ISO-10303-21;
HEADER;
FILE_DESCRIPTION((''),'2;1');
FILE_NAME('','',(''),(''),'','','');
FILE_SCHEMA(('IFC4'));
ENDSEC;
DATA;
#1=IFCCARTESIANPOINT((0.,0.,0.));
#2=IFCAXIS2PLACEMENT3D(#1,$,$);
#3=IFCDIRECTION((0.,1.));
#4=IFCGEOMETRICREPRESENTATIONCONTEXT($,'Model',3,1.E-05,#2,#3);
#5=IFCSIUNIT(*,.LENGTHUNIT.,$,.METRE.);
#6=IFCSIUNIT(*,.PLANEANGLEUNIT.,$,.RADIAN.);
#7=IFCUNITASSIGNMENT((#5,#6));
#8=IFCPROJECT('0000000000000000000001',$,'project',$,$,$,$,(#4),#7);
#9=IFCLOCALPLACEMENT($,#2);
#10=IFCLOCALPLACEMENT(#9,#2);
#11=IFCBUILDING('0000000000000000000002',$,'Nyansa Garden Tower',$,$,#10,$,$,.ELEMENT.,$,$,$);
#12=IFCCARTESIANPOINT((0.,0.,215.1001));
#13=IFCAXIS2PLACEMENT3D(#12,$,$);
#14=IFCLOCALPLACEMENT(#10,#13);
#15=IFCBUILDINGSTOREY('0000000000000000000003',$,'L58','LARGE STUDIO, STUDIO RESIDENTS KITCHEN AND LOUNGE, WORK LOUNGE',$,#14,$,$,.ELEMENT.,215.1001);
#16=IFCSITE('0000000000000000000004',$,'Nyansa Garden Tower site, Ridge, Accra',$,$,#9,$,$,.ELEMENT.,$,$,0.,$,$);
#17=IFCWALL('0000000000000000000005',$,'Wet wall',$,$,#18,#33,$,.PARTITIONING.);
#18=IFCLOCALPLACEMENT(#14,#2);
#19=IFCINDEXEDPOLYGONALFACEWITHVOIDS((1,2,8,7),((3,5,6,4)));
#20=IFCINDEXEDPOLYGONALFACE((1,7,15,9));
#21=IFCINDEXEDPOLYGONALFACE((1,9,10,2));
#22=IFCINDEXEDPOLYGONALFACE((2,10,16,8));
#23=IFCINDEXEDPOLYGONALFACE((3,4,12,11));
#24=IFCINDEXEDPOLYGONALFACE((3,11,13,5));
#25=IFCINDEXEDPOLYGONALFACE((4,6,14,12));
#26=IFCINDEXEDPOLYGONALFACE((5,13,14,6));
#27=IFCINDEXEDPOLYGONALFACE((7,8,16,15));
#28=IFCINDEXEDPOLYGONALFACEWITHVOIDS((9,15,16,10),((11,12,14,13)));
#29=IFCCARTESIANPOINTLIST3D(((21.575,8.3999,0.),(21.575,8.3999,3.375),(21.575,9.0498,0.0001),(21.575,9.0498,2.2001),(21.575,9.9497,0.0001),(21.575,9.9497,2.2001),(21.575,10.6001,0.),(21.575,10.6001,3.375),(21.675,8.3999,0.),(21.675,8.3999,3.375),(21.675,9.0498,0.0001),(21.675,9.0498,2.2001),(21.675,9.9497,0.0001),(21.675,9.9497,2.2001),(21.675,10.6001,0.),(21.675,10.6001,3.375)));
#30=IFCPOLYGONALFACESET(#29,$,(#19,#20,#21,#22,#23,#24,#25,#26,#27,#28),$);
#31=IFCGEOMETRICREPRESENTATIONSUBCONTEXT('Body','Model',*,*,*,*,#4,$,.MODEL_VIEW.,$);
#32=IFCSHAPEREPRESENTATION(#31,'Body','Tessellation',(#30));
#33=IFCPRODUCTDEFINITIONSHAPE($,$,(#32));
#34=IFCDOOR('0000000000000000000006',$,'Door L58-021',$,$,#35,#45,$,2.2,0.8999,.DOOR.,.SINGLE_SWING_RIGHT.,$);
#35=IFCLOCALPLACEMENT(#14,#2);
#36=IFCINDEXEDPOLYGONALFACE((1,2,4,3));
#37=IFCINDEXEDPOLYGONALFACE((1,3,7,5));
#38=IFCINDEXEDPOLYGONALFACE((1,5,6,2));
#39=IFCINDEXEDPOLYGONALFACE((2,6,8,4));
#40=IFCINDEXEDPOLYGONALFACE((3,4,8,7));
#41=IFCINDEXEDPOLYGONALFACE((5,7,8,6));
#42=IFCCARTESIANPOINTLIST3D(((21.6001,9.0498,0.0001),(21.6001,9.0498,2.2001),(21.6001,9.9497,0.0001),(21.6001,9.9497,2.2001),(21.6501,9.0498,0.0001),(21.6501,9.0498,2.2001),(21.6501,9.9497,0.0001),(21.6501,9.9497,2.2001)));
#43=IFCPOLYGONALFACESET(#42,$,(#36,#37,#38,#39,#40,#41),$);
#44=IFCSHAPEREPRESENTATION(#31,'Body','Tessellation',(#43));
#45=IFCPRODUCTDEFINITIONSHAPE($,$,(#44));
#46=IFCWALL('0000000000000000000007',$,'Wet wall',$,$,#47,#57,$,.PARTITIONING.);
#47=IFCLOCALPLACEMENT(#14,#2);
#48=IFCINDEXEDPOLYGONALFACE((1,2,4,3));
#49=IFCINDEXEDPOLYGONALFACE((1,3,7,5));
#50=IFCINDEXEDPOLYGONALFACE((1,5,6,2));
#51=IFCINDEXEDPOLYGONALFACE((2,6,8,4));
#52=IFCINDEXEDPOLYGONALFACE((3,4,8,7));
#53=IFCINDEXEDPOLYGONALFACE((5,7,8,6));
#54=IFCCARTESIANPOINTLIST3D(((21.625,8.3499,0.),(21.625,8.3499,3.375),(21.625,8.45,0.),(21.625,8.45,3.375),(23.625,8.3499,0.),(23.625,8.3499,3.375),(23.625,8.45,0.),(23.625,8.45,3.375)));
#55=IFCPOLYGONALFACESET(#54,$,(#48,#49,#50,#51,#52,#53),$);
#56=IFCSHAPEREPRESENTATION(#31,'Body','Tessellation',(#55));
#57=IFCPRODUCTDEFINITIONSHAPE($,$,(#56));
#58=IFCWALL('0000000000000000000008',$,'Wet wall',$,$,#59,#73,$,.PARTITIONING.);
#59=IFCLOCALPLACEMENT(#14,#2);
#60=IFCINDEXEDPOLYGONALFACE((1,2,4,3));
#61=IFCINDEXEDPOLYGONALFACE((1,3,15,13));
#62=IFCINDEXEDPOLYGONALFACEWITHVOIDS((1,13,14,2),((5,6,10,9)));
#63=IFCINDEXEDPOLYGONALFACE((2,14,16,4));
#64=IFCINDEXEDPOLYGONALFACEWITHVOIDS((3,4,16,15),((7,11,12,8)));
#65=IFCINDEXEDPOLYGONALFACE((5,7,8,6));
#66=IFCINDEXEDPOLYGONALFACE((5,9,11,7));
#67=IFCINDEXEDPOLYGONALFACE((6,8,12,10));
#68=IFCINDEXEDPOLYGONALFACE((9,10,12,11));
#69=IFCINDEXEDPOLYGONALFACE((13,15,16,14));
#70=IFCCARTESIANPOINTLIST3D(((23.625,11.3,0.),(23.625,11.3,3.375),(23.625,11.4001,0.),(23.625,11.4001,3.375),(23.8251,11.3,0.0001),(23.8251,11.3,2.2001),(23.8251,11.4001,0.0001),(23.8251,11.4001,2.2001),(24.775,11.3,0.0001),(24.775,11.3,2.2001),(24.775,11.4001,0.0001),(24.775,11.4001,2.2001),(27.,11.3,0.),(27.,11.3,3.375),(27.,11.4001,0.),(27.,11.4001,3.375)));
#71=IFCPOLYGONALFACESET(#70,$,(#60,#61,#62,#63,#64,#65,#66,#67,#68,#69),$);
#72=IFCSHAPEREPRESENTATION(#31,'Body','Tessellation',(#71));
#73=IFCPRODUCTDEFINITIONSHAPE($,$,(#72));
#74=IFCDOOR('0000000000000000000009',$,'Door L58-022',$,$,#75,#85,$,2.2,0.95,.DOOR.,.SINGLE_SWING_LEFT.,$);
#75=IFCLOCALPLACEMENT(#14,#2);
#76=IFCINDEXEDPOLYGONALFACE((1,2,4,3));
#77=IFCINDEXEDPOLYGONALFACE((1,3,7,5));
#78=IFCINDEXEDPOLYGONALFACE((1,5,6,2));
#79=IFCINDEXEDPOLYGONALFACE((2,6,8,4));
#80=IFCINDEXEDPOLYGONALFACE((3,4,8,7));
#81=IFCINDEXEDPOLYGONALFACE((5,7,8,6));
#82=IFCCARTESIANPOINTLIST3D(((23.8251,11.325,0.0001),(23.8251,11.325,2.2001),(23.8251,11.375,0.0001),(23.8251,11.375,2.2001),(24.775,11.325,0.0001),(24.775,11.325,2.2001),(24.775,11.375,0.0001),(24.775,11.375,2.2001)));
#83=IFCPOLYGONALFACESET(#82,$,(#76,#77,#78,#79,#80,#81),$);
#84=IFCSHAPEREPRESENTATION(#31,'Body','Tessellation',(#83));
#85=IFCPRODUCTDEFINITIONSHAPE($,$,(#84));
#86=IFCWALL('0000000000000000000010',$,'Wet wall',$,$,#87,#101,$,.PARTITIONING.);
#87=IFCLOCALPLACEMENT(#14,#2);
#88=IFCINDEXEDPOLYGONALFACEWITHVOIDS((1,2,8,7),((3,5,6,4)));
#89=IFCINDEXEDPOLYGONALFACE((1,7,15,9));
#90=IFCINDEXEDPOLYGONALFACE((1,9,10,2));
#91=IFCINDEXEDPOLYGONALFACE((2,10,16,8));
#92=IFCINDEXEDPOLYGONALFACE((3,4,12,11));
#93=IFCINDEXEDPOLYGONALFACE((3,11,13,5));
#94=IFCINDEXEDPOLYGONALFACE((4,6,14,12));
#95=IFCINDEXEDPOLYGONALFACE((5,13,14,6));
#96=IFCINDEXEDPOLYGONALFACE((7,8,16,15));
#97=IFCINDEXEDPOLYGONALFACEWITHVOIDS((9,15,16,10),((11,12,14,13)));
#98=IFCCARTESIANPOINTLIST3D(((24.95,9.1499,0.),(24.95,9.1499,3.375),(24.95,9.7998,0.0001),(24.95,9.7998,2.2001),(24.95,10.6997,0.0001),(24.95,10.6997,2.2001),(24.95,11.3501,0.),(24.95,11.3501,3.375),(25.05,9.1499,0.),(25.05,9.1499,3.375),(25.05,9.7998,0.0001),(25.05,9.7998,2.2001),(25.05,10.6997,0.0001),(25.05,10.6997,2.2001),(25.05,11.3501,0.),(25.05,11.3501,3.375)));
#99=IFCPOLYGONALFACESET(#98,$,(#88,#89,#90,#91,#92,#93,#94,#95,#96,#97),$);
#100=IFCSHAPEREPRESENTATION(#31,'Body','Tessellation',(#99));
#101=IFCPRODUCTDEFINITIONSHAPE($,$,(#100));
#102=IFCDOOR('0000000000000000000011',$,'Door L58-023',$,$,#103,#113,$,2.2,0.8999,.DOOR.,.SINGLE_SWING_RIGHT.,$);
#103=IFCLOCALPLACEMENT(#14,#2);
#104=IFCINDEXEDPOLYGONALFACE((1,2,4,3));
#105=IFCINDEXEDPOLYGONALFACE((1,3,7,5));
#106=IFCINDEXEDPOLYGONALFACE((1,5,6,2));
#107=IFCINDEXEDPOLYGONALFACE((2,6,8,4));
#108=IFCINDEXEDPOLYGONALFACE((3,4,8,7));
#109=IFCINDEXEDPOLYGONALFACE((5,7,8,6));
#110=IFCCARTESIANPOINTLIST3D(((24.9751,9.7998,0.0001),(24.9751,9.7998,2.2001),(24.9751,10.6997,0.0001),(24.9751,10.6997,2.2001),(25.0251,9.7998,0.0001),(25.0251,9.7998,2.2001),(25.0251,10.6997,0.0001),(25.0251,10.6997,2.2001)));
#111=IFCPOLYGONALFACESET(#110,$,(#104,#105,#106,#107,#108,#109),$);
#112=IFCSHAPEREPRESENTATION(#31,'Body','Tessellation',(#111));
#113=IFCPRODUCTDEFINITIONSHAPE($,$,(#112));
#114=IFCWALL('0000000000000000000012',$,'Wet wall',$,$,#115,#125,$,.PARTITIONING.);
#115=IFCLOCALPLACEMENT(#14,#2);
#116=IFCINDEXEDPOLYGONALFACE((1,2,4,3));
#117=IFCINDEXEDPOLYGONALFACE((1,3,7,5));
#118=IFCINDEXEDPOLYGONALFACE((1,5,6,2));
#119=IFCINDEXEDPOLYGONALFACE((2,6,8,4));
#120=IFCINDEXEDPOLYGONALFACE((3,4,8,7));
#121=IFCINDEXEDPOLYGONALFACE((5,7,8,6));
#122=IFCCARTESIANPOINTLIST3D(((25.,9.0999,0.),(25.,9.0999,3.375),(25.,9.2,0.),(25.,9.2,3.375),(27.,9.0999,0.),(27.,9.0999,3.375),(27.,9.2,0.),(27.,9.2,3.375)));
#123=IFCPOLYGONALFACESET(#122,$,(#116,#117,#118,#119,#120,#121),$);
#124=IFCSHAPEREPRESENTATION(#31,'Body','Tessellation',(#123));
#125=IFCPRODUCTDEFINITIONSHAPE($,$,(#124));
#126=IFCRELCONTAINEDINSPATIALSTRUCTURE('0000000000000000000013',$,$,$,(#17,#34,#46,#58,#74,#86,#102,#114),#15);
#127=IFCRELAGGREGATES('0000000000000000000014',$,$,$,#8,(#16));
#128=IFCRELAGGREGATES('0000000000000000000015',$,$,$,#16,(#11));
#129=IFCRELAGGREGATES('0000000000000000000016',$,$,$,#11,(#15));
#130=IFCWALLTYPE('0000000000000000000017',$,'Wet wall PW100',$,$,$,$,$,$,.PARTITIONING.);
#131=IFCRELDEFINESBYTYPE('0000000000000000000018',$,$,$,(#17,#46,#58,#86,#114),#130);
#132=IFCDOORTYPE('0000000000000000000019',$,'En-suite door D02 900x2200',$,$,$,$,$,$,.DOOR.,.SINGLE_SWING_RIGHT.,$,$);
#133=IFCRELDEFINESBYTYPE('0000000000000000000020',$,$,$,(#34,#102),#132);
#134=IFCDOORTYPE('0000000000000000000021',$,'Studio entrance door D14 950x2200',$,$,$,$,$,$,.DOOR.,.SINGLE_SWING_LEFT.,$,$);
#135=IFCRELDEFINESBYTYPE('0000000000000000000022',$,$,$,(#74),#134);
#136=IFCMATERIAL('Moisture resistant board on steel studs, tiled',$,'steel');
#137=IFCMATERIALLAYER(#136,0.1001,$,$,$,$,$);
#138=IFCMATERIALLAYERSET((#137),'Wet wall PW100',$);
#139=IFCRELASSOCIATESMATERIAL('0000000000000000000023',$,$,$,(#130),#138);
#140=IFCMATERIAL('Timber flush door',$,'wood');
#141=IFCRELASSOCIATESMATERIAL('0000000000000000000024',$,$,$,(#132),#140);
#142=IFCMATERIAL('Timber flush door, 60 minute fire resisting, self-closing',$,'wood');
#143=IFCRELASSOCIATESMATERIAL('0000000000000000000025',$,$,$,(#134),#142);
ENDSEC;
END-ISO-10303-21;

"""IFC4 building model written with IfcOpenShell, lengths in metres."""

from ifc_helpers import new_model, si_unit, direction, frame, frame_2d, origin, place, context, subcontext, project, spatial, rectangle, extrude, material, layer, layer_set, type_object, element, fill, save


model = new_model("IFC4")

# Units and contexts
model_context = context("Model", 3, precision=1e-05, world=origin(), true_north=direction((0.0, 1.0)))
body_context = subcontext(model_context, "Body", "Model", "MODEL_VIEW")
ifc_project = project(units=[si_unit("LENGTHUNIT", "METRE"), si_unit("PLANEANGLEUNIT", "RADIAN")], contexts=[model_context])

# Site, building, storey
site_placement = place(None, origin())
site = spatial("IfcSite", under=ifc_project, at=site_placement, Name="Nyansa Garden Tower site, Ridge, Accra", CompositionType="ELEMENT", RefElevation=0.0)
building_placement = place(site_placement, origin())
building = spatial("IfcBuilding", under=site, at=building_placement, Name="Nyansa Garden Tower", CompositionType="ELEMENT")
storey_placement = place(building_placement, frame((0.0, 0.0, 215.1001)))
storey = spatial("IfcBuildingStorey", under=building, at=storey_placement, Name="L58", Description="LARGE STUDIO, STUDIO RESIDENTS KITCHEN AND LOUNGE, WORK LOUNGE", CompositionType="ELEMENT", Elevation=215.1001)

# Shared definitions
ifc_material_1 = material(Name="Moisture resistant board on steel studs, tiled", Category="steel")
ifc_layer_1 = layer(ifc_material_1, 0.1001)
ifc_layer_set_1 = layer_set([ifc_layer_1], Name="Wet wall PW100")
wall_type_1 = type_object("IfcWallType", Name="Wet wall PW100", PredefinedType="PARTITIONING", material=ifc_layer_set_1)
ifc_material_2 = material(Name="Timber flush door", Category="wood")
door_type_1 = type_object("IfcDoorType", Name="En-suite door D02 900x2200", OperationType="SINGLE_SWING_RIGHT", PredefinedType="DOOR", material=ifc_material_2)

# Wall, opening, door
wall_1_placement = place(storey_placement, frame((21.625, 8.3999, 0.0), z_axis=(0.0, 0.0, 1.0), x_axis=(0.0, 1.0, 0.0)))
wall_1 = element("IfcWall", 1, at=wall_1_placement, inside=storey, type_object=wall_type_1, Name="Wet wall", PredefinedType="PARTITIONING", context=body_context, shape_type="SweptSolid", body=[
    extrude(rectangle(XDim=2.2002, YDim=0.1001, at=frame_2d((1.1001, 0.0))), origin(), (0.0, 0.0, 1.0), 3.375),
])
opening_1_placement = place(wall_1_placement, frame((0.6499, 0.0, 0.0)))
opening_1 = element("IfcOpeningElement", 2, at=opening_1_placement, cuts=wall_1, PredefinedType="OPENING", context=body_context, shape_type="SweptSolid", body=[
    extrude(rectangle(XDim=0.8999, YDim=2.2, at=frame_2d((0.45, 1.1001))), frame((0.0, 0.0601, 0.0), z_axis=(0.0, -1.0, 0.0), x_axis=(1.0, 0.0, 0.0)), (0.0, 0.0, 1.0), 0.1201),
])
door_1_placement = place(opening_1_placement, origin())
door_1 = element("IfcDoor", 3, at=door_1_placement, inside=storey, type_object=door_type_1, Name="Door L58-021", OperationType="SINGLE_SWING_RIGHT", OverallHeight=2.2, OverallWidth=0.8999, PredefinedType="DOOR", context=body_context, shape_type="SweptSolid", body=[
    extrude(rectangle(XDim=0.8999, YDim=2.2, at=frame_2d((0.45, 1.1001))), frame((0.0, 0.0249, 0.0), z_axis=(0.0, -1.0, 0.0), x_axis=(1.0, 0.0, 0.0)), (0.0, 0.0, 1.0), 0.05),
])
fill(opening_1, door_1)

# Wall
wall_2_placement = place(storey_placement, frame((21.625, 8.3999, 0.0), z_axis=(0.0, 0.0, 1.0), x_axis=(1.0, 0.0, 0.0)))
element("IfcWall", 4, at=wall_2_placement, inside=storey, type_object=wall_type_1, Name="Wet wall", PredefinedType="PARTITIONING", context=body_context, shape_type="SweptSolid", body=[
    extrude(rectangle(XDim=2.0, YDim=0.1001, at=frame_2d((1.0, 0.0))), origin(), (0.0, 0.0, 1.0), 3.375),
])

# Walls, openings, doors
wall_3_placement = place(storey_placement, frame((23.625, 11.3501, 0.0), z_axis=(0.0, 0.0, 1.0), x_axis=(1.0, 0.0, 0.0)))
wall_3 = element("IfcWall", 5, at=wall_3_placement, inside=storey, type_object=wall_type_1, Name="Wet wall", PredefinedType="PARTITIONING", context=body_context, shape_type="SweptSolid", body=[
    extrude(rectangle(XDim=3.375, YDim=0.1001, at=frame_2d((1.6875, 0.0))), origin(), (0.0, 0.0, 1.0), 3.375),
])
opening_2_placement = place(wall_3_placement, frame((0.2, 0.0, 0.0)))
opening_2 = element("IfcOpeningElement", 6, at=opening_2_placement, cuts=wall_3, PredefinedType="OPENING", context=body_context, shape_type="SweptSolid", body=[
    extrude(rectangle(XDim=0.95, YDim=2.2, at=frame_2d((0.4751, 1.1001))), frame((0.0, 0.0601, 0.0), z_axis=(0.0, -1.0, 0.0), x_axis=(1.0, 0.0, 0.0)), (0.0, 0.0, 1.0), 0.1201),
])
ifc_material_3 = material(Name="Timber flush door, 60 minute fire resisting, self-closing", Category="wood")
door_type_2 = type_object("IfcDoorType", Name="Studio entrance door D14 950x2200", OperationType="SINGLE_SWING_LEFT", PredefinedType="DOOR", material=ifc_material_3)
door_2_placement = place(opening_2_placement, origin())
door_2 = element("IfcDoor", 7, at=door_2_placement, inside=storey, type_object=door_type_2, Name="Door L58-022", OperationType="SINGLE_SWING_LEFT", OverallHeight=2.2, OverallWidth=0.95, PredefinedType="DOOR", context=body_context, shape_type="SweptSolid", body=[
    extrude(rectangle(XDim=0.95, YDim=2.2, at=frame_2d((0.4751, 1.1001))), frame((0.0, 0.0249, 0.0), z_axis=(0.0, -1.0, 0.0), x_axis=(1.0, 0.0, 0.0)), (0.0, 0.0, 1.0), 0.05),
])
fill(opening_2, door_2)
wall_4_placement = place(storey_placement, frame((25.0, 9.1499, 0.0), z_axis=(0.0, 0.0, 1.0), x_axis=(0.0, 1.0, 0.0)))
wall_4 = element("IfcWall", 8, at=wall_4_placement, inside=storey, type_object=wall_type_1, Name="Wet wall", PredefinedType="PARTITIONING", context=body_context, shape_type="SweptSolid", body=[
    extrude(rectangle(XDim=2.2002, YDim=0.1001, at=frame_2d((1.1001, 0.0))), origin(), (0.0, 0.0, 1.0), 3.375),
])
opening_3_placement = place(wall_4_placement, frame((0.6499, 0.0, 0.0)))
opening_3 = element("IfcOpeningElement", 9, at=opening_3_placement, cuts=wall_4, PredefinedType="OPENING", context=body_context, shape_type="SweptSolid", body=[
    extrude(rectangle(XDim=0.8999, YDim=2.2, at=frame_2d((0.45, 1.1001))), frame((0.0, 0.0601, 0.0), z_axis=(0.0, -1.0, 0.0), x_axis=(1.0, 0.0, 0.0)), (0.0, 0.0, 1.0), 0.1201),
])
door_3_placement = place(opening_3_placement, origin())
door_3 = element("IfcDoor", 10, at=door_3_placement, inside=storey, type_object=door_type_1, Name="Door L58-023", OperationType="SINGLE_SWING_RIGHT", OverallHeight=2.2, OverallWidth=0.8999, PredefinedType="DOOR", context=body_context, shape_type="SweptSolid", body=[
    extrude(rectangle(XDim=0.8999, YDim=2.2, at=frame_2d((0.45, 1.1001))), frame((0.0, 0.0249, 0.0), z_axis=(0.0, -1.0, 0.0), x_axis=(1.0, 0.0, 0.0)), (0.0, 0.0, 1.0), 0.05),
])
fill(opening_3, door_3)

# Wall
wall_5_placement = place(storey_placement, frame((25.0, 9.1499, 0.0), z_axis=(0.0, 0.0, 1.0), x_axis=(1.0, 0.0, 0.0)))
element("IfcWall", 11, at=wall_5_placement, inside=storey, type_object=wall_type_1, Name="Wet wall", PredefinedType="PARTITIONING", context=body_context, shape_type="SweptSolid", body=[
    extrude(rectangle(XDim=2.0, YDim=0.1001, at=frame_2d((1.0, 0.0))), origin(), (0.0, 0.0, 1.0), 3.375),
])

save(model, "model.ifc")
